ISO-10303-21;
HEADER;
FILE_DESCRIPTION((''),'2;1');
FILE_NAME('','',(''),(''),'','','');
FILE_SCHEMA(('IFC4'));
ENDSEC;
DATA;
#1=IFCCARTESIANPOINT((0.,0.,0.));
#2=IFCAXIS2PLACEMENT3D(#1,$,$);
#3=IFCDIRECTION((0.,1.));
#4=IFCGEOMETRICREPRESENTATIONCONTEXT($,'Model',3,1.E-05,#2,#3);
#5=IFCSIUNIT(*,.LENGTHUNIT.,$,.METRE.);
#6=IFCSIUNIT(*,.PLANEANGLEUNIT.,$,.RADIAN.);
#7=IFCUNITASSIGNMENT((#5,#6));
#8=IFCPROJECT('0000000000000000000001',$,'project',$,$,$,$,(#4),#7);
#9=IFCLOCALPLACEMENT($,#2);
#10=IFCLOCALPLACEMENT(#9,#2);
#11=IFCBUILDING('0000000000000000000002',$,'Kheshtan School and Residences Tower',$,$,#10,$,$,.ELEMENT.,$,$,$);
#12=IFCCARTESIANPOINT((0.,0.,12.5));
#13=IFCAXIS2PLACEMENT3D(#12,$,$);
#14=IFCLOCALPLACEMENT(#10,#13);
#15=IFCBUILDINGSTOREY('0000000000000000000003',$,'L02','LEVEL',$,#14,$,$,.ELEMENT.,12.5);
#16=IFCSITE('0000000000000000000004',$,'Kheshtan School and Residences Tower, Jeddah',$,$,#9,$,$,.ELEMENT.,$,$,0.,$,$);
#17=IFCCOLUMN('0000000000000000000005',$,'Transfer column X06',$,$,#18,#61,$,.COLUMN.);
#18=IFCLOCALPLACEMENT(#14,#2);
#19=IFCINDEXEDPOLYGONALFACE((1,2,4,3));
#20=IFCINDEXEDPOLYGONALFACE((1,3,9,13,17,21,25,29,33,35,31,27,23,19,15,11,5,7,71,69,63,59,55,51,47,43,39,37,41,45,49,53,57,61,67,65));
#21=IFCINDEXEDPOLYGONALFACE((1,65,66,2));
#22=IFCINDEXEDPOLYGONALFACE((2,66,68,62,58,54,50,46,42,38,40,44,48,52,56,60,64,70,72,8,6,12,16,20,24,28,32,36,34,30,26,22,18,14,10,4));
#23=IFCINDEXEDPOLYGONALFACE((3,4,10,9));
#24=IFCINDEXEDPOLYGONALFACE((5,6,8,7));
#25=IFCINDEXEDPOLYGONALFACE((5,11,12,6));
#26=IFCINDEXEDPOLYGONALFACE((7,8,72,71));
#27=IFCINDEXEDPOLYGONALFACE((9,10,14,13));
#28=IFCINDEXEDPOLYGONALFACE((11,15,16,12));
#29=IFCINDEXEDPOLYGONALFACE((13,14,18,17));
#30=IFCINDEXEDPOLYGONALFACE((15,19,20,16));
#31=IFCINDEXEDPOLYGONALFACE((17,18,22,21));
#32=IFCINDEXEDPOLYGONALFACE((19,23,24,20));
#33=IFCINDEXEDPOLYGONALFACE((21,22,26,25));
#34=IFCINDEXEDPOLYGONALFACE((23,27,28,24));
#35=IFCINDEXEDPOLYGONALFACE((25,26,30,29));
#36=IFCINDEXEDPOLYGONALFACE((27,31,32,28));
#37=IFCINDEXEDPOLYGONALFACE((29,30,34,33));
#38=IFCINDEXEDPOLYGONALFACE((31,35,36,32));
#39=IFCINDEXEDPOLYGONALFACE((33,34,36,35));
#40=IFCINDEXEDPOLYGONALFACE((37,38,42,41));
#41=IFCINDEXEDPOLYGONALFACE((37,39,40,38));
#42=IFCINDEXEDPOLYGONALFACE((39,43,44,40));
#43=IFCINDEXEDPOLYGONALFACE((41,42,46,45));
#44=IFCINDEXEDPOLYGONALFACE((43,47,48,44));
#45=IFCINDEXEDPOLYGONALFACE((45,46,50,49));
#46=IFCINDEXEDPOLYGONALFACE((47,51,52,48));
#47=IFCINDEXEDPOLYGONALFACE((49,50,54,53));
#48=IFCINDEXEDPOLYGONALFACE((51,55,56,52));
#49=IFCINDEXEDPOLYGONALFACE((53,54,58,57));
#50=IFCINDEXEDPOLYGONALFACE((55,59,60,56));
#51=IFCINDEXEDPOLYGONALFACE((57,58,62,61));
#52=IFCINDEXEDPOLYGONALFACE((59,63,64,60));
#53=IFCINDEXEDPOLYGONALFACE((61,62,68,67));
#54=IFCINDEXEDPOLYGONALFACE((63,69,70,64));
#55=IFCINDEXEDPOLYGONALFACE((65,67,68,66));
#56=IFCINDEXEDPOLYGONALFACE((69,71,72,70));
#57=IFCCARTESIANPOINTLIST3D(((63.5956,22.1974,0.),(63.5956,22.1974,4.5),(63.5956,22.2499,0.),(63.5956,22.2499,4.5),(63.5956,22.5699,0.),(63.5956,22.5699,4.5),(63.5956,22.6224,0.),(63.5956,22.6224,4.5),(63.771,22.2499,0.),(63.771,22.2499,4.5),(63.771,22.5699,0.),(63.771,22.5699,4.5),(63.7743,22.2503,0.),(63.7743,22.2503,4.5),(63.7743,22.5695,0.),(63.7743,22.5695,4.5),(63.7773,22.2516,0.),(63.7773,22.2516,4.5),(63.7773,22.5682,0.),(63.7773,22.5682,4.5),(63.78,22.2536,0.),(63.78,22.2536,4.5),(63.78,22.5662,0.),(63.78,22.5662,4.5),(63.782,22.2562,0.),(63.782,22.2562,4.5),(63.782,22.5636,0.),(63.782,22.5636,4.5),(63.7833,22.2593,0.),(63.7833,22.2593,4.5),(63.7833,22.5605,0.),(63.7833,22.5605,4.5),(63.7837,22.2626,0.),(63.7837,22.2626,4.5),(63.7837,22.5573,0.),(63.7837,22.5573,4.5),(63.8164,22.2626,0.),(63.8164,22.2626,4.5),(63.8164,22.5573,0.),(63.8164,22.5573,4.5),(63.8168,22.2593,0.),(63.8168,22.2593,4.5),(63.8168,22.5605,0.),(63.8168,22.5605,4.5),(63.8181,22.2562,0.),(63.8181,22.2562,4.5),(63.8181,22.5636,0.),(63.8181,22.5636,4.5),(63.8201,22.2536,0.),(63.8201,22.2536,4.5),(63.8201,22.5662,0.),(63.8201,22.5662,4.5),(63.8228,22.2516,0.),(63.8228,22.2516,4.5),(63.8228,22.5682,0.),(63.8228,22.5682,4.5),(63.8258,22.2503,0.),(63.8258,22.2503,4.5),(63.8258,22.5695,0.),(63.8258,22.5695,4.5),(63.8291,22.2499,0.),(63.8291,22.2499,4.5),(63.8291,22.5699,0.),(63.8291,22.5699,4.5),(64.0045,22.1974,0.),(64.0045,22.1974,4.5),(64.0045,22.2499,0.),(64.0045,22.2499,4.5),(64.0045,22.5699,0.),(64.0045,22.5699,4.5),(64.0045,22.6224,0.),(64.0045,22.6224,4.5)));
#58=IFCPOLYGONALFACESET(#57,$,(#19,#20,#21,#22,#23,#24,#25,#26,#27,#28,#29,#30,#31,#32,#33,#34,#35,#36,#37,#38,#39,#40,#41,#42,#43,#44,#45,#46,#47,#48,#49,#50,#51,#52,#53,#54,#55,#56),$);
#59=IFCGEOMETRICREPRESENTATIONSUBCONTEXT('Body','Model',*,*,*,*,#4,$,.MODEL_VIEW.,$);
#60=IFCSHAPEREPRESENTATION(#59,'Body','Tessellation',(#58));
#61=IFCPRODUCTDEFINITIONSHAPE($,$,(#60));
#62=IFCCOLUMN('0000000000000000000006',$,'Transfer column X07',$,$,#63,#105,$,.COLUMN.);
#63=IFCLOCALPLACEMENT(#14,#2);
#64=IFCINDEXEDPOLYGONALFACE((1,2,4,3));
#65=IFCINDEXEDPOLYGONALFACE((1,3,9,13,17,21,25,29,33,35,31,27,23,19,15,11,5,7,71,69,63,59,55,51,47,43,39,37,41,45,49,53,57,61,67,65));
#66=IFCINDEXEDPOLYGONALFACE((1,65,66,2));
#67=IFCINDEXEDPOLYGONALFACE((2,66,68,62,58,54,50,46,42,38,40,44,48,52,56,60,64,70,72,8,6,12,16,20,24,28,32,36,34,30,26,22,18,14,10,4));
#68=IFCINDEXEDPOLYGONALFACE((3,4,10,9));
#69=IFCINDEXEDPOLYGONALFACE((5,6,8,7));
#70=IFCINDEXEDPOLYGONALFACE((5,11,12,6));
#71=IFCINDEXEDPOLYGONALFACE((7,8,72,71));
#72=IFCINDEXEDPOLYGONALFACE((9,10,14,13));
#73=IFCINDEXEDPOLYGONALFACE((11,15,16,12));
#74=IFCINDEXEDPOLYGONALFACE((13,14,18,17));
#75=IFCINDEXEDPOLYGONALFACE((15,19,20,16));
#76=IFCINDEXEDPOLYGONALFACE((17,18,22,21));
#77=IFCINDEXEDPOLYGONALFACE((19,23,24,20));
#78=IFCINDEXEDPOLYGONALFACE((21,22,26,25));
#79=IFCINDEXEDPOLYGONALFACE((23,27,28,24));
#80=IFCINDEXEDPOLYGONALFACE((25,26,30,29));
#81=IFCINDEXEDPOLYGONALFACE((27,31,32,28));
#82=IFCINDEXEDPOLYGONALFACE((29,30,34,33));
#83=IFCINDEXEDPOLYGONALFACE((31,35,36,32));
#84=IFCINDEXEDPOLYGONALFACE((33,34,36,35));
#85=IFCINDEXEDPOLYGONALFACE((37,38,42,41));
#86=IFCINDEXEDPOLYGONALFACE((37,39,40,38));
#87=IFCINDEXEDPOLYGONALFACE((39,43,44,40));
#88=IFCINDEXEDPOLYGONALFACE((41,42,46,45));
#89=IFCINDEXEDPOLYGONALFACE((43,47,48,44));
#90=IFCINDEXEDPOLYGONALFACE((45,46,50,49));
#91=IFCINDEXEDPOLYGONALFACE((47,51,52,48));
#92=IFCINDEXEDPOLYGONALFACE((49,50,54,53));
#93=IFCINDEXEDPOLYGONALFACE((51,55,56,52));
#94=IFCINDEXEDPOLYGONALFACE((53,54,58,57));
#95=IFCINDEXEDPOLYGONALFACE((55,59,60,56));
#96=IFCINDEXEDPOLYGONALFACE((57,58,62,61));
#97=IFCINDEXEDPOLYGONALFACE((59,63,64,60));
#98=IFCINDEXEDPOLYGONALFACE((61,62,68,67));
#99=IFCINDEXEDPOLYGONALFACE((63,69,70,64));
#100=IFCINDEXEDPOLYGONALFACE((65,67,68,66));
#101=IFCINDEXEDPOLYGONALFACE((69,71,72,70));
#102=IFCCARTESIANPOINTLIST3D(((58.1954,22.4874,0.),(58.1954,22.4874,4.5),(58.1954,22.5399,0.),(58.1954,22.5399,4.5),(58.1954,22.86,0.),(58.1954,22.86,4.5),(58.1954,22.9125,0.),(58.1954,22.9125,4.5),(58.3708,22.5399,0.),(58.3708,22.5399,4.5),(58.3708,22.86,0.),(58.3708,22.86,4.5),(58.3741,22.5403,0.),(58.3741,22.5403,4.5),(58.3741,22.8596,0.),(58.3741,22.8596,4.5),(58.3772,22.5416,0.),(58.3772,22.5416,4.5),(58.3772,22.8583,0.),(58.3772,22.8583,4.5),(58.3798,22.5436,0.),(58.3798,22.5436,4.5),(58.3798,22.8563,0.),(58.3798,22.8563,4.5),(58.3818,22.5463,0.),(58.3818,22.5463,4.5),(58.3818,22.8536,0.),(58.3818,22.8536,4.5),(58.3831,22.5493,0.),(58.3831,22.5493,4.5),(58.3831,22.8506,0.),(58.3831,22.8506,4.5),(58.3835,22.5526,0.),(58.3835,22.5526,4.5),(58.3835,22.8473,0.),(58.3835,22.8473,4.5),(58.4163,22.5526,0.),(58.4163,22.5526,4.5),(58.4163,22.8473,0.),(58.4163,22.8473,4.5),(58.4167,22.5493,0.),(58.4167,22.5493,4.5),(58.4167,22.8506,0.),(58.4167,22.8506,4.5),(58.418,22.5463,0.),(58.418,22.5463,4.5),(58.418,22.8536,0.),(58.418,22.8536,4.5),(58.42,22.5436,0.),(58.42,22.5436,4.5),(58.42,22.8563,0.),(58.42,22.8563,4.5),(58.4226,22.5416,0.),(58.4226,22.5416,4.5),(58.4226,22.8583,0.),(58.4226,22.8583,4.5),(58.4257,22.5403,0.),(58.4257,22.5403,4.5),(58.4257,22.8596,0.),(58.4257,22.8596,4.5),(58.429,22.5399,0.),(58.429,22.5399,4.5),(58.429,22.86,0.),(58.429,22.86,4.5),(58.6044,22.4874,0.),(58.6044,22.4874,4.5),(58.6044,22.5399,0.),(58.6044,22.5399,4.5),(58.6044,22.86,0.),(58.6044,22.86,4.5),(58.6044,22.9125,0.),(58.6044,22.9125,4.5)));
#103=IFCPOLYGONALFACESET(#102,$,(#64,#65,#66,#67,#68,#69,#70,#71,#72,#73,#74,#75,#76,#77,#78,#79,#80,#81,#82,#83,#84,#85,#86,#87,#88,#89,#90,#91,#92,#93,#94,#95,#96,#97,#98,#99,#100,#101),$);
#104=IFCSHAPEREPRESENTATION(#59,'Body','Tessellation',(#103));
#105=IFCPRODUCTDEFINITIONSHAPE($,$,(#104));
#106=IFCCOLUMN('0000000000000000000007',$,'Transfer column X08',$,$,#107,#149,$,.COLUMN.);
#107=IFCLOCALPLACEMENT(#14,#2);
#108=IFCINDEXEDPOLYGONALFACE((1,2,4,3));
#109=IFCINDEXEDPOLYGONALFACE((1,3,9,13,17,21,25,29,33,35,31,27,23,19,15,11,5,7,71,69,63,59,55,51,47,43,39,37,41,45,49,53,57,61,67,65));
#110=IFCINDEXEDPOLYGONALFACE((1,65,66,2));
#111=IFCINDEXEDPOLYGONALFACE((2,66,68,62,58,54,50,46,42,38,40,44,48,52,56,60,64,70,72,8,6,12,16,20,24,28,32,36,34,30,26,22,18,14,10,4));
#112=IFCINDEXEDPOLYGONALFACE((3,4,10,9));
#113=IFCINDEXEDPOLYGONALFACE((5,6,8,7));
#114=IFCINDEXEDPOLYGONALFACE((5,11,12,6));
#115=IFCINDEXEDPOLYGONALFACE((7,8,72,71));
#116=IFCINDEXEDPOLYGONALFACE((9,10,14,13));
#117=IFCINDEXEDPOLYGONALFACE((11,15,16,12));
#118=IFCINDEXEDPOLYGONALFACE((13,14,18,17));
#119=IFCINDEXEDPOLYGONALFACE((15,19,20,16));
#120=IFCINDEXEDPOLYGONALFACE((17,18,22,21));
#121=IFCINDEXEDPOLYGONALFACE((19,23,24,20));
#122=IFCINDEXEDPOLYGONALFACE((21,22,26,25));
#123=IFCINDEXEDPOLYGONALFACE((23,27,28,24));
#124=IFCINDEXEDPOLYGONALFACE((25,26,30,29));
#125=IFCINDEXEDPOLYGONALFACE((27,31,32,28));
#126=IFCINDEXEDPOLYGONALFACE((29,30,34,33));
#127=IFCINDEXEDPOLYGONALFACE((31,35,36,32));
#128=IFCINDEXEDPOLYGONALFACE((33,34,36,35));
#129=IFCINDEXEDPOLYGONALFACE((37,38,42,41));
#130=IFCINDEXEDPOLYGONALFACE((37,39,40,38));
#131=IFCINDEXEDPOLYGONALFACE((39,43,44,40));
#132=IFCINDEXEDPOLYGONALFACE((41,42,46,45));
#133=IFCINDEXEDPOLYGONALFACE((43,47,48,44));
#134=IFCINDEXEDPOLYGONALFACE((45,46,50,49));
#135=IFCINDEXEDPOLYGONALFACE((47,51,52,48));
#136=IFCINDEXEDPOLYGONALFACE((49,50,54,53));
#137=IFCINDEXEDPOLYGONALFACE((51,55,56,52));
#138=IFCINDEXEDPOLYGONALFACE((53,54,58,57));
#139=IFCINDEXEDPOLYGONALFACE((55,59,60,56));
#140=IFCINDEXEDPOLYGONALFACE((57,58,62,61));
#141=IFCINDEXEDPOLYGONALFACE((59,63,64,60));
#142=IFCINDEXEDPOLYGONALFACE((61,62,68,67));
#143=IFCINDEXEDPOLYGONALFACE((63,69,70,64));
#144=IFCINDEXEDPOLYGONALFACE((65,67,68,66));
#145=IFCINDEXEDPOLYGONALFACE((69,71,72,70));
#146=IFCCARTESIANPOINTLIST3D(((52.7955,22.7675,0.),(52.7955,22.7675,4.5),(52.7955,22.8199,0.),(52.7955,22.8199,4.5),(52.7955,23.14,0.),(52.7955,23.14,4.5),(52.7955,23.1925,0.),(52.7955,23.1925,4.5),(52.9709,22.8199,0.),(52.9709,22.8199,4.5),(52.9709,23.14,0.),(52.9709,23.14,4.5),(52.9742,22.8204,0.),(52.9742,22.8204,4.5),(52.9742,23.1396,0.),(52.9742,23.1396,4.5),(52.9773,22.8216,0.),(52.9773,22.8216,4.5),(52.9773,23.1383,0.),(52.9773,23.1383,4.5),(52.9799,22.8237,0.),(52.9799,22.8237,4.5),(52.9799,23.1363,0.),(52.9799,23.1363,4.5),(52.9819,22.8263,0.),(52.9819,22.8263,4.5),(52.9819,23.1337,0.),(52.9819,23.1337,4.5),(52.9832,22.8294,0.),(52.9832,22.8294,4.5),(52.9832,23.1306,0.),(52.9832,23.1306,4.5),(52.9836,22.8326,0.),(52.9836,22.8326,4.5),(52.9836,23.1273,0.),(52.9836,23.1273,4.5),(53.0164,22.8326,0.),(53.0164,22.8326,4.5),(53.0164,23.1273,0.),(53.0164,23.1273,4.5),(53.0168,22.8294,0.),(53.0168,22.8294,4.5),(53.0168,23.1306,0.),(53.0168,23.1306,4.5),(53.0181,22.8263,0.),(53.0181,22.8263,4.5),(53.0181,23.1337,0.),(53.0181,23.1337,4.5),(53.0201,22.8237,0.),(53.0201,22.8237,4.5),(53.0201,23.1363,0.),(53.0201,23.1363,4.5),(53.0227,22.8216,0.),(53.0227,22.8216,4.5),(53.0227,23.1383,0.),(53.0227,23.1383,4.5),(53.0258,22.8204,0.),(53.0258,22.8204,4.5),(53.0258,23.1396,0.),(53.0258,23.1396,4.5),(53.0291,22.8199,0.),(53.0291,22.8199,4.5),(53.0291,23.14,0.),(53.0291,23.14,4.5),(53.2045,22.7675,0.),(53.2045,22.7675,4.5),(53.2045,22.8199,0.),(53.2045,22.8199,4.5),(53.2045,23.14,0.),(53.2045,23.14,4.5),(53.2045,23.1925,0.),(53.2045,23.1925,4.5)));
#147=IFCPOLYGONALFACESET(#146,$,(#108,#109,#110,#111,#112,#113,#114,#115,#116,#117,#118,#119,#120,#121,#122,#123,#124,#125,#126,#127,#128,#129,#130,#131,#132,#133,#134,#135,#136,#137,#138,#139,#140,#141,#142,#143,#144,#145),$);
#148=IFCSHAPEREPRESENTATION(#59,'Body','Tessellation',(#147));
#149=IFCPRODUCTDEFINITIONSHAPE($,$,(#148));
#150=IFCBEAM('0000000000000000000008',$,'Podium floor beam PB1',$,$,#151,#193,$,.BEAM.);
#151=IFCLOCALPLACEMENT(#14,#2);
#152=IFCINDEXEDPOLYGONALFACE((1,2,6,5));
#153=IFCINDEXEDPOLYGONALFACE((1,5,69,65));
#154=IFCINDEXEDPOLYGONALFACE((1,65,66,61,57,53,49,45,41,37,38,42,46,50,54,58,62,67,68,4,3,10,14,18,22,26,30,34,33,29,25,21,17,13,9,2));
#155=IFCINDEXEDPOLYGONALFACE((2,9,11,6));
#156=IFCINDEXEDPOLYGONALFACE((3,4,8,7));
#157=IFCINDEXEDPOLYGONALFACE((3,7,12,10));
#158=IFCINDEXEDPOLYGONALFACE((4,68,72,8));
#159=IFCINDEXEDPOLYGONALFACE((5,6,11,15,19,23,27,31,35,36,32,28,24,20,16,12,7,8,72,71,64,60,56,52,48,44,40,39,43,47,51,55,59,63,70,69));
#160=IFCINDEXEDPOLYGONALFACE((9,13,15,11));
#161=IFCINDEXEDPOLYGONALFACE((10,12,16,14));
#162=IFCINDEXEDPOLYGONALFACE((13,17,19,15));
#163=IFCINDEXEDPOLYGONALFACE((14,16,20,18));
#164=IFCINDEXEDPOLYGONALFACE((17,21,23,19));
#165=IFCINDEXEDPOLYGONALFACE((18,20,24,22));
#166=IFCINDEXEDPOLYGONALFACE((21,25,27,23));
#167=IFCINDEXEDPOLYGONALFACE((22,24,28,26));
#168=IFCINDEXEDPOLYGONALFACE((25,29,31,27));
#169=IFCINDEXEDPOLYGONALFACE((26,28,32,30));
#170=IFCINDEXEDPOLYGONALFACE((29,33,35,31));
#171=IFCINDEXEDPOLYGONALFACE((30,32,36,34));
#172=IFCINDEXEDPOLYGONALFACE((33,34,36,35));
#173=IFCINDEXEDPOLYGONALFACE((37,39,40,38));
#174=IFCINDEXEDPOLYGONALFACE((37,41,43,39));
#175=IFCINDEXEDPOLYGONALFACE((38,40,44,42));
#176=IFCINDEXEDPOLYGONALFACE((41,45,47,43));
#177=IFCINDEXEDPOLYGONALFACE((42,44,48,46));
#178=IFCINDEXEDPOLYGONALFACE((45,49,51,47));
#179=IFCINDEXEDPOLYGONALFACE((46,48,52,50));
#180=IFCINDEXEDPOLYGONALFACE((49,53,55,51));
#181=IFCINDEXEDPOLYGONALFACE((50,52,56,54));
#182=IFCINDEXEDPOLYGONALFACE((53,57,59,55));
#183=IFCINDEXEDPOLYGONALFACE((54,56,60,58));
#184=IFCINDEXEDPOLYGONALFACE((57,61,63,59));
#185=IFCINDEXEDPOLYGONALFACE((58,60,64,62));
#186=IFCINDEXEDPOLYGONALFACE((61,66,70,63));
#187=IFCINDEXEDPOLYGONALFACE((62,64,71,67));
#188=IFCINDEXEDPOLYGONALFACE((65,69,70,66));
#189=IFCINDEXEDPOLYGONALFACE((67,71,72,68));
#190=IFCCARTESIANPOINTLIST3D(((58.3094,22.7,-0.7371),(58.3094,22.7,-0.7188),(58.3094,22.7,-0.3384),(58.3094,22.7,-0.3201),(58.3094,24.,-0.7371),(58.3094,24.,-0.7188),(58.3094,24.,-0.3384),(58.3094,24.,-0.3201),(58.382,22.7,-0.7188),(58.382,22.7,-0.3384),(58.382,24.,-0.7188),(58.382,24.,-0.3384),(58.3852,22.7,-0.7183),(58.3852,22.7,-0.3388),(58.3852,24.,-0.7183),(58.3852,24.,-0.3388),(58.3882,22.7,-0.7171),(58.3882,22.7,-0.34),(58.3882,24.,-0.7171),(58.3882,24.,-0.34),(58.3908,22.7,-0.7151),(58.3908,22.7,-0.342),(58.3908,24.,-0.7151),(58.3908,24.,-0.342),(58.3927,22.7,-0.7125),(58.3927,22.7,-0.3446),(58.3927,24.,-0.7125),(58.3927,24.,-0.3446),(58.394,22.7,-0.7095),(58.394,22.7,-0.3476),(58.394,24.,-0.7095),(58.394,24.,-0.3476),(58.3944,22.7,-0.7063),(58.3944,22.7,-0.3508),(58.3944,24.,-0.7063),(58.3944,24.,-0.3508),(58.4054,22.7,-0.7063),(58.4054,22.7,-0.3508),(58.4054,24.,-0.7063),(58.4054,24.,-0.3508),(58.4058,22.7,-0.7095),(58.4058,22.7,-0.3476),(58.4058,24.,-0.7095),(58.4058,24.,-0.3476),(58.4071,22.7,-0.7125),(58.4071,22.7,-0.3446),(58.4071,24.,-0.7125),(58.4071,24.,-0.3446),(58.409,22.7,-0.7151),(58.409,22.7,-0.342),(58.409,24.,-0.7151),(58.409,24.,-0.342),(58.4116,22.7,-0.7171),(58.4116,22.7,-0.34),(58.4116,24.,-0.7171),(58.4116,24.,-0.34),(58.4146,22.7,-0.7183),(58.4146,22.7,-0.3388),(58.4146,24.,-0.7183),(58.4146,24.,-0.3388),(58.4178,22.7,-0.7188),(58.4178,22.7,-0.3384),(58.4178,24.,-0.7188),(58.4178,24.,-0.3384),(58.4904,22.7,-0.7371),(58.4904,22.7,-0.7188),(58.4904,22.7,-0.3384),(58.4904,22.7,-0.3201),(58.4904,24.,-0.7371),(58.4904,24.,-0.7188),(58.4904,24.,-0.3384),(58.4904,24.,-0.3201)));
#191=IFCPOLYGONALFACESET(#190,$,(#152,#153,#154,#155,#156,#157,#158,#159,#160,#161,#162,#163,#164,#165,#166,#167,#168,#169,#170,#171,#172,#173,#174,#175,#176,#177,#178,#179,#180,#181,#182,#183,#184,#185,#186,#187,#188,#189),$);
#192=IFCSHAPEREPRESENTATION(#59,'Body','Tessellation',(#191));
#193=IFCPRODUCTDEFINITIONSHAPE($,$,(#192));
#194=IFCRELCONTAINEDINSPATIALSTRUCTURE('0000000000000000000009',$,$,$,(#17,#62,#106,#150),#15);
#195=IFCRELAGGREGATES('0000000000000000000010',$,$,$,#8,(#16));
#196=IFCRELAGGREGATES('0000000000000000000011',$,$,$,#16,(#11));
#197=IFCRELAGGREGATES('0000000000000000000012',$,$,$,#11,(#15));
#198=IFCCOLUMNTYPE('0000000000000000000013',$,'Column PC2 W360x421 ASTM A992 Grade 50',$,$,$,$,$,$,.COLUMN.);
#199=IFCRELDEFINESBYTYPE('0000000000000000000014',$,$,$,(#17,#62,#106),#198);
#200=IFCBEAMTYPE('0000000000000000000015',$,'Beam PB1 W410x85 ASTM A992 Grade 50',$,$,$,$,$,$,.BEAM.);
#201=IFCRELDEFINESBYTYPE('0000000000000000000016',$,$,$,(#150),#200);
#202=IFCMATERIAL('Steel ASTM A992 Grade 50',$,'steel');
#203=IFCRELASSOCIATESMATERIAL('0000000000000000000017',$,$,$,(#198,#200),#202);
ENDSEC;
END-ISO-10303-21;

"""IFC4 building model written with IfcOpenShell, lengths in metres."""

from ifc_helpers import new_model, si_unit, direction, frame, origin, origin_2d, place, context, subcontext, project, spatial, i_section, extrude, material, material_profile, profile_set, type_object, element, save


model = new_model("IFC4")

# Units and contexts
model_context = context("Model", 3, precision=1e-05, world=origin(), true_north=direction((0.0, 1.0)))
body_context = subcontext(model_context, "Body", "Model", "MODEL_VIEW")
ifc_project = project(units=[si_unit("LENGTHUNIT", "METRE"), si_unit("PLANEANGLEUNIT", "RADIAN")], contexts=[model_context])

# Site, building, storey
site_placement = place(None, origin())
site = spatial("IfcSite", under=ifc_project, at=site_placement, Name="Kheshtan School and Residences Tower, Jeddah", CompositionType="ELEMENT", RefElevation=0.0)
building_placement = place(site_placement, origin())
building = spatial("IfcBuilding", under=site, at=building_placement, Name="Kheshtan School and Residences Tower", CompositionType="ELEMENT")
storey_placement = place(building_placement, frame((0.0, 0.0, 12.5)))
storey = spatial("IfcBuildingStorey", under=building, at=storey_placement, Name="L02", Description="LEVEL", CompositionType="ELEMENT", Elevation=12.5)

# Columns
ifc_material_1 = material(Name="Steel ASTM A992 Grade 50", Category="steel")
ifc_material_profile_1 = material_profile(ifc_material_1, i_section(OverallWidth=0.4089, OverallDepth=0.425, WebThickness=0.0327, FlangeThickness=0.0525, FilletRadius=0.0127, at=origin_2d()), Name="W360x421")
ifc_profile_set_1 = profile_set([ifc_material_profile_1], Name="Steel ASTM A992 Grade 50")
column_type = type_object("IfcColumnType", Name="Column PC2 W360x421 ASTM A992 Grade 50", PredefinedType="COLUMN", material=ifc_profile_set_1)
for number, where, z_axis, x_axis, name in (
    (1, (63.8, 22.4099, 0.0), (0.0, 0.0, 1.0), (1.0, 0.0, 0.0), "Transfer column X06"),
    (2, (58.3999, 22.7, 0.0), (0.0, 0.0, 1.0), (1.0, 0.0, 0.0), "Transfer column X07"),
    (3, (53.0, 22.98, 0.0), (0.0, 0.0, 1.0), (1.0, 0.0, 0.0), "Transfer column X08"),
):
    element("IfcColumn", number, at=place(storey_placement, frame(where, z_axis=z_axis, x_axis=x_axis)), inside=storey, type_object=column_type, Name=name, PredefinedType="COLUMN", context=body_context, shape_type="SweptSolid", body=[
        extrude(i_section(OverallWidth=0.4089, OverallDepth=0.425, WebThickness=0.0327, FlangeThickness=0.0525, FilletRadius=0.0127, at=origin_2d()), origin(), (0.0, 0.0, 1.0), 4.5),
    ])

# Beam
ifc_material_profile_2 = material_profile(ifc_material_1, i_section(OverallWidth=0.1809, OverallDepth=0.417, WebThickness=0.011, FlangeThickness=0.0183, FilletRadius=0.0125, at=origin_2d()), Name="W410x85")
ifc_profile_set_2 = profile_set([ifc_material_profile_2], Name="Steel ASTM A992 Grade 50")
beam_type_1 = type_object("IfcBeamType", Name="Beam PB1 W410x85 ASTM A992 Grade 50", PredefinedType="BEAM", material=ifc_profile_set_2)
beam_1_placement = place(storey_placement, frame((58.3999, 22.7, -0.5286), z_axis=(0.0, 1.0, 0.0), x_axis=(-1.0, 0.0, 0.0)))
element("IfcBeam", 4, at=beam_1_placement, inside=storey, type_object=beam_type_1, Name="Podium floor beam PB1", PredefinedType="BEAM", context=body_context, shape_type="SweptSolid", body=[
    extrude(i_section(OverallWidth=0.1809, OverallDepth=0.417, WebThickness=0.011, FlangeThickness=0.0183, FilletRadius=0.0125, at=origin_2d()), origin(), (0.0, 0.0, 1.0), 1.3),
])

save(model, "model.ifc")
